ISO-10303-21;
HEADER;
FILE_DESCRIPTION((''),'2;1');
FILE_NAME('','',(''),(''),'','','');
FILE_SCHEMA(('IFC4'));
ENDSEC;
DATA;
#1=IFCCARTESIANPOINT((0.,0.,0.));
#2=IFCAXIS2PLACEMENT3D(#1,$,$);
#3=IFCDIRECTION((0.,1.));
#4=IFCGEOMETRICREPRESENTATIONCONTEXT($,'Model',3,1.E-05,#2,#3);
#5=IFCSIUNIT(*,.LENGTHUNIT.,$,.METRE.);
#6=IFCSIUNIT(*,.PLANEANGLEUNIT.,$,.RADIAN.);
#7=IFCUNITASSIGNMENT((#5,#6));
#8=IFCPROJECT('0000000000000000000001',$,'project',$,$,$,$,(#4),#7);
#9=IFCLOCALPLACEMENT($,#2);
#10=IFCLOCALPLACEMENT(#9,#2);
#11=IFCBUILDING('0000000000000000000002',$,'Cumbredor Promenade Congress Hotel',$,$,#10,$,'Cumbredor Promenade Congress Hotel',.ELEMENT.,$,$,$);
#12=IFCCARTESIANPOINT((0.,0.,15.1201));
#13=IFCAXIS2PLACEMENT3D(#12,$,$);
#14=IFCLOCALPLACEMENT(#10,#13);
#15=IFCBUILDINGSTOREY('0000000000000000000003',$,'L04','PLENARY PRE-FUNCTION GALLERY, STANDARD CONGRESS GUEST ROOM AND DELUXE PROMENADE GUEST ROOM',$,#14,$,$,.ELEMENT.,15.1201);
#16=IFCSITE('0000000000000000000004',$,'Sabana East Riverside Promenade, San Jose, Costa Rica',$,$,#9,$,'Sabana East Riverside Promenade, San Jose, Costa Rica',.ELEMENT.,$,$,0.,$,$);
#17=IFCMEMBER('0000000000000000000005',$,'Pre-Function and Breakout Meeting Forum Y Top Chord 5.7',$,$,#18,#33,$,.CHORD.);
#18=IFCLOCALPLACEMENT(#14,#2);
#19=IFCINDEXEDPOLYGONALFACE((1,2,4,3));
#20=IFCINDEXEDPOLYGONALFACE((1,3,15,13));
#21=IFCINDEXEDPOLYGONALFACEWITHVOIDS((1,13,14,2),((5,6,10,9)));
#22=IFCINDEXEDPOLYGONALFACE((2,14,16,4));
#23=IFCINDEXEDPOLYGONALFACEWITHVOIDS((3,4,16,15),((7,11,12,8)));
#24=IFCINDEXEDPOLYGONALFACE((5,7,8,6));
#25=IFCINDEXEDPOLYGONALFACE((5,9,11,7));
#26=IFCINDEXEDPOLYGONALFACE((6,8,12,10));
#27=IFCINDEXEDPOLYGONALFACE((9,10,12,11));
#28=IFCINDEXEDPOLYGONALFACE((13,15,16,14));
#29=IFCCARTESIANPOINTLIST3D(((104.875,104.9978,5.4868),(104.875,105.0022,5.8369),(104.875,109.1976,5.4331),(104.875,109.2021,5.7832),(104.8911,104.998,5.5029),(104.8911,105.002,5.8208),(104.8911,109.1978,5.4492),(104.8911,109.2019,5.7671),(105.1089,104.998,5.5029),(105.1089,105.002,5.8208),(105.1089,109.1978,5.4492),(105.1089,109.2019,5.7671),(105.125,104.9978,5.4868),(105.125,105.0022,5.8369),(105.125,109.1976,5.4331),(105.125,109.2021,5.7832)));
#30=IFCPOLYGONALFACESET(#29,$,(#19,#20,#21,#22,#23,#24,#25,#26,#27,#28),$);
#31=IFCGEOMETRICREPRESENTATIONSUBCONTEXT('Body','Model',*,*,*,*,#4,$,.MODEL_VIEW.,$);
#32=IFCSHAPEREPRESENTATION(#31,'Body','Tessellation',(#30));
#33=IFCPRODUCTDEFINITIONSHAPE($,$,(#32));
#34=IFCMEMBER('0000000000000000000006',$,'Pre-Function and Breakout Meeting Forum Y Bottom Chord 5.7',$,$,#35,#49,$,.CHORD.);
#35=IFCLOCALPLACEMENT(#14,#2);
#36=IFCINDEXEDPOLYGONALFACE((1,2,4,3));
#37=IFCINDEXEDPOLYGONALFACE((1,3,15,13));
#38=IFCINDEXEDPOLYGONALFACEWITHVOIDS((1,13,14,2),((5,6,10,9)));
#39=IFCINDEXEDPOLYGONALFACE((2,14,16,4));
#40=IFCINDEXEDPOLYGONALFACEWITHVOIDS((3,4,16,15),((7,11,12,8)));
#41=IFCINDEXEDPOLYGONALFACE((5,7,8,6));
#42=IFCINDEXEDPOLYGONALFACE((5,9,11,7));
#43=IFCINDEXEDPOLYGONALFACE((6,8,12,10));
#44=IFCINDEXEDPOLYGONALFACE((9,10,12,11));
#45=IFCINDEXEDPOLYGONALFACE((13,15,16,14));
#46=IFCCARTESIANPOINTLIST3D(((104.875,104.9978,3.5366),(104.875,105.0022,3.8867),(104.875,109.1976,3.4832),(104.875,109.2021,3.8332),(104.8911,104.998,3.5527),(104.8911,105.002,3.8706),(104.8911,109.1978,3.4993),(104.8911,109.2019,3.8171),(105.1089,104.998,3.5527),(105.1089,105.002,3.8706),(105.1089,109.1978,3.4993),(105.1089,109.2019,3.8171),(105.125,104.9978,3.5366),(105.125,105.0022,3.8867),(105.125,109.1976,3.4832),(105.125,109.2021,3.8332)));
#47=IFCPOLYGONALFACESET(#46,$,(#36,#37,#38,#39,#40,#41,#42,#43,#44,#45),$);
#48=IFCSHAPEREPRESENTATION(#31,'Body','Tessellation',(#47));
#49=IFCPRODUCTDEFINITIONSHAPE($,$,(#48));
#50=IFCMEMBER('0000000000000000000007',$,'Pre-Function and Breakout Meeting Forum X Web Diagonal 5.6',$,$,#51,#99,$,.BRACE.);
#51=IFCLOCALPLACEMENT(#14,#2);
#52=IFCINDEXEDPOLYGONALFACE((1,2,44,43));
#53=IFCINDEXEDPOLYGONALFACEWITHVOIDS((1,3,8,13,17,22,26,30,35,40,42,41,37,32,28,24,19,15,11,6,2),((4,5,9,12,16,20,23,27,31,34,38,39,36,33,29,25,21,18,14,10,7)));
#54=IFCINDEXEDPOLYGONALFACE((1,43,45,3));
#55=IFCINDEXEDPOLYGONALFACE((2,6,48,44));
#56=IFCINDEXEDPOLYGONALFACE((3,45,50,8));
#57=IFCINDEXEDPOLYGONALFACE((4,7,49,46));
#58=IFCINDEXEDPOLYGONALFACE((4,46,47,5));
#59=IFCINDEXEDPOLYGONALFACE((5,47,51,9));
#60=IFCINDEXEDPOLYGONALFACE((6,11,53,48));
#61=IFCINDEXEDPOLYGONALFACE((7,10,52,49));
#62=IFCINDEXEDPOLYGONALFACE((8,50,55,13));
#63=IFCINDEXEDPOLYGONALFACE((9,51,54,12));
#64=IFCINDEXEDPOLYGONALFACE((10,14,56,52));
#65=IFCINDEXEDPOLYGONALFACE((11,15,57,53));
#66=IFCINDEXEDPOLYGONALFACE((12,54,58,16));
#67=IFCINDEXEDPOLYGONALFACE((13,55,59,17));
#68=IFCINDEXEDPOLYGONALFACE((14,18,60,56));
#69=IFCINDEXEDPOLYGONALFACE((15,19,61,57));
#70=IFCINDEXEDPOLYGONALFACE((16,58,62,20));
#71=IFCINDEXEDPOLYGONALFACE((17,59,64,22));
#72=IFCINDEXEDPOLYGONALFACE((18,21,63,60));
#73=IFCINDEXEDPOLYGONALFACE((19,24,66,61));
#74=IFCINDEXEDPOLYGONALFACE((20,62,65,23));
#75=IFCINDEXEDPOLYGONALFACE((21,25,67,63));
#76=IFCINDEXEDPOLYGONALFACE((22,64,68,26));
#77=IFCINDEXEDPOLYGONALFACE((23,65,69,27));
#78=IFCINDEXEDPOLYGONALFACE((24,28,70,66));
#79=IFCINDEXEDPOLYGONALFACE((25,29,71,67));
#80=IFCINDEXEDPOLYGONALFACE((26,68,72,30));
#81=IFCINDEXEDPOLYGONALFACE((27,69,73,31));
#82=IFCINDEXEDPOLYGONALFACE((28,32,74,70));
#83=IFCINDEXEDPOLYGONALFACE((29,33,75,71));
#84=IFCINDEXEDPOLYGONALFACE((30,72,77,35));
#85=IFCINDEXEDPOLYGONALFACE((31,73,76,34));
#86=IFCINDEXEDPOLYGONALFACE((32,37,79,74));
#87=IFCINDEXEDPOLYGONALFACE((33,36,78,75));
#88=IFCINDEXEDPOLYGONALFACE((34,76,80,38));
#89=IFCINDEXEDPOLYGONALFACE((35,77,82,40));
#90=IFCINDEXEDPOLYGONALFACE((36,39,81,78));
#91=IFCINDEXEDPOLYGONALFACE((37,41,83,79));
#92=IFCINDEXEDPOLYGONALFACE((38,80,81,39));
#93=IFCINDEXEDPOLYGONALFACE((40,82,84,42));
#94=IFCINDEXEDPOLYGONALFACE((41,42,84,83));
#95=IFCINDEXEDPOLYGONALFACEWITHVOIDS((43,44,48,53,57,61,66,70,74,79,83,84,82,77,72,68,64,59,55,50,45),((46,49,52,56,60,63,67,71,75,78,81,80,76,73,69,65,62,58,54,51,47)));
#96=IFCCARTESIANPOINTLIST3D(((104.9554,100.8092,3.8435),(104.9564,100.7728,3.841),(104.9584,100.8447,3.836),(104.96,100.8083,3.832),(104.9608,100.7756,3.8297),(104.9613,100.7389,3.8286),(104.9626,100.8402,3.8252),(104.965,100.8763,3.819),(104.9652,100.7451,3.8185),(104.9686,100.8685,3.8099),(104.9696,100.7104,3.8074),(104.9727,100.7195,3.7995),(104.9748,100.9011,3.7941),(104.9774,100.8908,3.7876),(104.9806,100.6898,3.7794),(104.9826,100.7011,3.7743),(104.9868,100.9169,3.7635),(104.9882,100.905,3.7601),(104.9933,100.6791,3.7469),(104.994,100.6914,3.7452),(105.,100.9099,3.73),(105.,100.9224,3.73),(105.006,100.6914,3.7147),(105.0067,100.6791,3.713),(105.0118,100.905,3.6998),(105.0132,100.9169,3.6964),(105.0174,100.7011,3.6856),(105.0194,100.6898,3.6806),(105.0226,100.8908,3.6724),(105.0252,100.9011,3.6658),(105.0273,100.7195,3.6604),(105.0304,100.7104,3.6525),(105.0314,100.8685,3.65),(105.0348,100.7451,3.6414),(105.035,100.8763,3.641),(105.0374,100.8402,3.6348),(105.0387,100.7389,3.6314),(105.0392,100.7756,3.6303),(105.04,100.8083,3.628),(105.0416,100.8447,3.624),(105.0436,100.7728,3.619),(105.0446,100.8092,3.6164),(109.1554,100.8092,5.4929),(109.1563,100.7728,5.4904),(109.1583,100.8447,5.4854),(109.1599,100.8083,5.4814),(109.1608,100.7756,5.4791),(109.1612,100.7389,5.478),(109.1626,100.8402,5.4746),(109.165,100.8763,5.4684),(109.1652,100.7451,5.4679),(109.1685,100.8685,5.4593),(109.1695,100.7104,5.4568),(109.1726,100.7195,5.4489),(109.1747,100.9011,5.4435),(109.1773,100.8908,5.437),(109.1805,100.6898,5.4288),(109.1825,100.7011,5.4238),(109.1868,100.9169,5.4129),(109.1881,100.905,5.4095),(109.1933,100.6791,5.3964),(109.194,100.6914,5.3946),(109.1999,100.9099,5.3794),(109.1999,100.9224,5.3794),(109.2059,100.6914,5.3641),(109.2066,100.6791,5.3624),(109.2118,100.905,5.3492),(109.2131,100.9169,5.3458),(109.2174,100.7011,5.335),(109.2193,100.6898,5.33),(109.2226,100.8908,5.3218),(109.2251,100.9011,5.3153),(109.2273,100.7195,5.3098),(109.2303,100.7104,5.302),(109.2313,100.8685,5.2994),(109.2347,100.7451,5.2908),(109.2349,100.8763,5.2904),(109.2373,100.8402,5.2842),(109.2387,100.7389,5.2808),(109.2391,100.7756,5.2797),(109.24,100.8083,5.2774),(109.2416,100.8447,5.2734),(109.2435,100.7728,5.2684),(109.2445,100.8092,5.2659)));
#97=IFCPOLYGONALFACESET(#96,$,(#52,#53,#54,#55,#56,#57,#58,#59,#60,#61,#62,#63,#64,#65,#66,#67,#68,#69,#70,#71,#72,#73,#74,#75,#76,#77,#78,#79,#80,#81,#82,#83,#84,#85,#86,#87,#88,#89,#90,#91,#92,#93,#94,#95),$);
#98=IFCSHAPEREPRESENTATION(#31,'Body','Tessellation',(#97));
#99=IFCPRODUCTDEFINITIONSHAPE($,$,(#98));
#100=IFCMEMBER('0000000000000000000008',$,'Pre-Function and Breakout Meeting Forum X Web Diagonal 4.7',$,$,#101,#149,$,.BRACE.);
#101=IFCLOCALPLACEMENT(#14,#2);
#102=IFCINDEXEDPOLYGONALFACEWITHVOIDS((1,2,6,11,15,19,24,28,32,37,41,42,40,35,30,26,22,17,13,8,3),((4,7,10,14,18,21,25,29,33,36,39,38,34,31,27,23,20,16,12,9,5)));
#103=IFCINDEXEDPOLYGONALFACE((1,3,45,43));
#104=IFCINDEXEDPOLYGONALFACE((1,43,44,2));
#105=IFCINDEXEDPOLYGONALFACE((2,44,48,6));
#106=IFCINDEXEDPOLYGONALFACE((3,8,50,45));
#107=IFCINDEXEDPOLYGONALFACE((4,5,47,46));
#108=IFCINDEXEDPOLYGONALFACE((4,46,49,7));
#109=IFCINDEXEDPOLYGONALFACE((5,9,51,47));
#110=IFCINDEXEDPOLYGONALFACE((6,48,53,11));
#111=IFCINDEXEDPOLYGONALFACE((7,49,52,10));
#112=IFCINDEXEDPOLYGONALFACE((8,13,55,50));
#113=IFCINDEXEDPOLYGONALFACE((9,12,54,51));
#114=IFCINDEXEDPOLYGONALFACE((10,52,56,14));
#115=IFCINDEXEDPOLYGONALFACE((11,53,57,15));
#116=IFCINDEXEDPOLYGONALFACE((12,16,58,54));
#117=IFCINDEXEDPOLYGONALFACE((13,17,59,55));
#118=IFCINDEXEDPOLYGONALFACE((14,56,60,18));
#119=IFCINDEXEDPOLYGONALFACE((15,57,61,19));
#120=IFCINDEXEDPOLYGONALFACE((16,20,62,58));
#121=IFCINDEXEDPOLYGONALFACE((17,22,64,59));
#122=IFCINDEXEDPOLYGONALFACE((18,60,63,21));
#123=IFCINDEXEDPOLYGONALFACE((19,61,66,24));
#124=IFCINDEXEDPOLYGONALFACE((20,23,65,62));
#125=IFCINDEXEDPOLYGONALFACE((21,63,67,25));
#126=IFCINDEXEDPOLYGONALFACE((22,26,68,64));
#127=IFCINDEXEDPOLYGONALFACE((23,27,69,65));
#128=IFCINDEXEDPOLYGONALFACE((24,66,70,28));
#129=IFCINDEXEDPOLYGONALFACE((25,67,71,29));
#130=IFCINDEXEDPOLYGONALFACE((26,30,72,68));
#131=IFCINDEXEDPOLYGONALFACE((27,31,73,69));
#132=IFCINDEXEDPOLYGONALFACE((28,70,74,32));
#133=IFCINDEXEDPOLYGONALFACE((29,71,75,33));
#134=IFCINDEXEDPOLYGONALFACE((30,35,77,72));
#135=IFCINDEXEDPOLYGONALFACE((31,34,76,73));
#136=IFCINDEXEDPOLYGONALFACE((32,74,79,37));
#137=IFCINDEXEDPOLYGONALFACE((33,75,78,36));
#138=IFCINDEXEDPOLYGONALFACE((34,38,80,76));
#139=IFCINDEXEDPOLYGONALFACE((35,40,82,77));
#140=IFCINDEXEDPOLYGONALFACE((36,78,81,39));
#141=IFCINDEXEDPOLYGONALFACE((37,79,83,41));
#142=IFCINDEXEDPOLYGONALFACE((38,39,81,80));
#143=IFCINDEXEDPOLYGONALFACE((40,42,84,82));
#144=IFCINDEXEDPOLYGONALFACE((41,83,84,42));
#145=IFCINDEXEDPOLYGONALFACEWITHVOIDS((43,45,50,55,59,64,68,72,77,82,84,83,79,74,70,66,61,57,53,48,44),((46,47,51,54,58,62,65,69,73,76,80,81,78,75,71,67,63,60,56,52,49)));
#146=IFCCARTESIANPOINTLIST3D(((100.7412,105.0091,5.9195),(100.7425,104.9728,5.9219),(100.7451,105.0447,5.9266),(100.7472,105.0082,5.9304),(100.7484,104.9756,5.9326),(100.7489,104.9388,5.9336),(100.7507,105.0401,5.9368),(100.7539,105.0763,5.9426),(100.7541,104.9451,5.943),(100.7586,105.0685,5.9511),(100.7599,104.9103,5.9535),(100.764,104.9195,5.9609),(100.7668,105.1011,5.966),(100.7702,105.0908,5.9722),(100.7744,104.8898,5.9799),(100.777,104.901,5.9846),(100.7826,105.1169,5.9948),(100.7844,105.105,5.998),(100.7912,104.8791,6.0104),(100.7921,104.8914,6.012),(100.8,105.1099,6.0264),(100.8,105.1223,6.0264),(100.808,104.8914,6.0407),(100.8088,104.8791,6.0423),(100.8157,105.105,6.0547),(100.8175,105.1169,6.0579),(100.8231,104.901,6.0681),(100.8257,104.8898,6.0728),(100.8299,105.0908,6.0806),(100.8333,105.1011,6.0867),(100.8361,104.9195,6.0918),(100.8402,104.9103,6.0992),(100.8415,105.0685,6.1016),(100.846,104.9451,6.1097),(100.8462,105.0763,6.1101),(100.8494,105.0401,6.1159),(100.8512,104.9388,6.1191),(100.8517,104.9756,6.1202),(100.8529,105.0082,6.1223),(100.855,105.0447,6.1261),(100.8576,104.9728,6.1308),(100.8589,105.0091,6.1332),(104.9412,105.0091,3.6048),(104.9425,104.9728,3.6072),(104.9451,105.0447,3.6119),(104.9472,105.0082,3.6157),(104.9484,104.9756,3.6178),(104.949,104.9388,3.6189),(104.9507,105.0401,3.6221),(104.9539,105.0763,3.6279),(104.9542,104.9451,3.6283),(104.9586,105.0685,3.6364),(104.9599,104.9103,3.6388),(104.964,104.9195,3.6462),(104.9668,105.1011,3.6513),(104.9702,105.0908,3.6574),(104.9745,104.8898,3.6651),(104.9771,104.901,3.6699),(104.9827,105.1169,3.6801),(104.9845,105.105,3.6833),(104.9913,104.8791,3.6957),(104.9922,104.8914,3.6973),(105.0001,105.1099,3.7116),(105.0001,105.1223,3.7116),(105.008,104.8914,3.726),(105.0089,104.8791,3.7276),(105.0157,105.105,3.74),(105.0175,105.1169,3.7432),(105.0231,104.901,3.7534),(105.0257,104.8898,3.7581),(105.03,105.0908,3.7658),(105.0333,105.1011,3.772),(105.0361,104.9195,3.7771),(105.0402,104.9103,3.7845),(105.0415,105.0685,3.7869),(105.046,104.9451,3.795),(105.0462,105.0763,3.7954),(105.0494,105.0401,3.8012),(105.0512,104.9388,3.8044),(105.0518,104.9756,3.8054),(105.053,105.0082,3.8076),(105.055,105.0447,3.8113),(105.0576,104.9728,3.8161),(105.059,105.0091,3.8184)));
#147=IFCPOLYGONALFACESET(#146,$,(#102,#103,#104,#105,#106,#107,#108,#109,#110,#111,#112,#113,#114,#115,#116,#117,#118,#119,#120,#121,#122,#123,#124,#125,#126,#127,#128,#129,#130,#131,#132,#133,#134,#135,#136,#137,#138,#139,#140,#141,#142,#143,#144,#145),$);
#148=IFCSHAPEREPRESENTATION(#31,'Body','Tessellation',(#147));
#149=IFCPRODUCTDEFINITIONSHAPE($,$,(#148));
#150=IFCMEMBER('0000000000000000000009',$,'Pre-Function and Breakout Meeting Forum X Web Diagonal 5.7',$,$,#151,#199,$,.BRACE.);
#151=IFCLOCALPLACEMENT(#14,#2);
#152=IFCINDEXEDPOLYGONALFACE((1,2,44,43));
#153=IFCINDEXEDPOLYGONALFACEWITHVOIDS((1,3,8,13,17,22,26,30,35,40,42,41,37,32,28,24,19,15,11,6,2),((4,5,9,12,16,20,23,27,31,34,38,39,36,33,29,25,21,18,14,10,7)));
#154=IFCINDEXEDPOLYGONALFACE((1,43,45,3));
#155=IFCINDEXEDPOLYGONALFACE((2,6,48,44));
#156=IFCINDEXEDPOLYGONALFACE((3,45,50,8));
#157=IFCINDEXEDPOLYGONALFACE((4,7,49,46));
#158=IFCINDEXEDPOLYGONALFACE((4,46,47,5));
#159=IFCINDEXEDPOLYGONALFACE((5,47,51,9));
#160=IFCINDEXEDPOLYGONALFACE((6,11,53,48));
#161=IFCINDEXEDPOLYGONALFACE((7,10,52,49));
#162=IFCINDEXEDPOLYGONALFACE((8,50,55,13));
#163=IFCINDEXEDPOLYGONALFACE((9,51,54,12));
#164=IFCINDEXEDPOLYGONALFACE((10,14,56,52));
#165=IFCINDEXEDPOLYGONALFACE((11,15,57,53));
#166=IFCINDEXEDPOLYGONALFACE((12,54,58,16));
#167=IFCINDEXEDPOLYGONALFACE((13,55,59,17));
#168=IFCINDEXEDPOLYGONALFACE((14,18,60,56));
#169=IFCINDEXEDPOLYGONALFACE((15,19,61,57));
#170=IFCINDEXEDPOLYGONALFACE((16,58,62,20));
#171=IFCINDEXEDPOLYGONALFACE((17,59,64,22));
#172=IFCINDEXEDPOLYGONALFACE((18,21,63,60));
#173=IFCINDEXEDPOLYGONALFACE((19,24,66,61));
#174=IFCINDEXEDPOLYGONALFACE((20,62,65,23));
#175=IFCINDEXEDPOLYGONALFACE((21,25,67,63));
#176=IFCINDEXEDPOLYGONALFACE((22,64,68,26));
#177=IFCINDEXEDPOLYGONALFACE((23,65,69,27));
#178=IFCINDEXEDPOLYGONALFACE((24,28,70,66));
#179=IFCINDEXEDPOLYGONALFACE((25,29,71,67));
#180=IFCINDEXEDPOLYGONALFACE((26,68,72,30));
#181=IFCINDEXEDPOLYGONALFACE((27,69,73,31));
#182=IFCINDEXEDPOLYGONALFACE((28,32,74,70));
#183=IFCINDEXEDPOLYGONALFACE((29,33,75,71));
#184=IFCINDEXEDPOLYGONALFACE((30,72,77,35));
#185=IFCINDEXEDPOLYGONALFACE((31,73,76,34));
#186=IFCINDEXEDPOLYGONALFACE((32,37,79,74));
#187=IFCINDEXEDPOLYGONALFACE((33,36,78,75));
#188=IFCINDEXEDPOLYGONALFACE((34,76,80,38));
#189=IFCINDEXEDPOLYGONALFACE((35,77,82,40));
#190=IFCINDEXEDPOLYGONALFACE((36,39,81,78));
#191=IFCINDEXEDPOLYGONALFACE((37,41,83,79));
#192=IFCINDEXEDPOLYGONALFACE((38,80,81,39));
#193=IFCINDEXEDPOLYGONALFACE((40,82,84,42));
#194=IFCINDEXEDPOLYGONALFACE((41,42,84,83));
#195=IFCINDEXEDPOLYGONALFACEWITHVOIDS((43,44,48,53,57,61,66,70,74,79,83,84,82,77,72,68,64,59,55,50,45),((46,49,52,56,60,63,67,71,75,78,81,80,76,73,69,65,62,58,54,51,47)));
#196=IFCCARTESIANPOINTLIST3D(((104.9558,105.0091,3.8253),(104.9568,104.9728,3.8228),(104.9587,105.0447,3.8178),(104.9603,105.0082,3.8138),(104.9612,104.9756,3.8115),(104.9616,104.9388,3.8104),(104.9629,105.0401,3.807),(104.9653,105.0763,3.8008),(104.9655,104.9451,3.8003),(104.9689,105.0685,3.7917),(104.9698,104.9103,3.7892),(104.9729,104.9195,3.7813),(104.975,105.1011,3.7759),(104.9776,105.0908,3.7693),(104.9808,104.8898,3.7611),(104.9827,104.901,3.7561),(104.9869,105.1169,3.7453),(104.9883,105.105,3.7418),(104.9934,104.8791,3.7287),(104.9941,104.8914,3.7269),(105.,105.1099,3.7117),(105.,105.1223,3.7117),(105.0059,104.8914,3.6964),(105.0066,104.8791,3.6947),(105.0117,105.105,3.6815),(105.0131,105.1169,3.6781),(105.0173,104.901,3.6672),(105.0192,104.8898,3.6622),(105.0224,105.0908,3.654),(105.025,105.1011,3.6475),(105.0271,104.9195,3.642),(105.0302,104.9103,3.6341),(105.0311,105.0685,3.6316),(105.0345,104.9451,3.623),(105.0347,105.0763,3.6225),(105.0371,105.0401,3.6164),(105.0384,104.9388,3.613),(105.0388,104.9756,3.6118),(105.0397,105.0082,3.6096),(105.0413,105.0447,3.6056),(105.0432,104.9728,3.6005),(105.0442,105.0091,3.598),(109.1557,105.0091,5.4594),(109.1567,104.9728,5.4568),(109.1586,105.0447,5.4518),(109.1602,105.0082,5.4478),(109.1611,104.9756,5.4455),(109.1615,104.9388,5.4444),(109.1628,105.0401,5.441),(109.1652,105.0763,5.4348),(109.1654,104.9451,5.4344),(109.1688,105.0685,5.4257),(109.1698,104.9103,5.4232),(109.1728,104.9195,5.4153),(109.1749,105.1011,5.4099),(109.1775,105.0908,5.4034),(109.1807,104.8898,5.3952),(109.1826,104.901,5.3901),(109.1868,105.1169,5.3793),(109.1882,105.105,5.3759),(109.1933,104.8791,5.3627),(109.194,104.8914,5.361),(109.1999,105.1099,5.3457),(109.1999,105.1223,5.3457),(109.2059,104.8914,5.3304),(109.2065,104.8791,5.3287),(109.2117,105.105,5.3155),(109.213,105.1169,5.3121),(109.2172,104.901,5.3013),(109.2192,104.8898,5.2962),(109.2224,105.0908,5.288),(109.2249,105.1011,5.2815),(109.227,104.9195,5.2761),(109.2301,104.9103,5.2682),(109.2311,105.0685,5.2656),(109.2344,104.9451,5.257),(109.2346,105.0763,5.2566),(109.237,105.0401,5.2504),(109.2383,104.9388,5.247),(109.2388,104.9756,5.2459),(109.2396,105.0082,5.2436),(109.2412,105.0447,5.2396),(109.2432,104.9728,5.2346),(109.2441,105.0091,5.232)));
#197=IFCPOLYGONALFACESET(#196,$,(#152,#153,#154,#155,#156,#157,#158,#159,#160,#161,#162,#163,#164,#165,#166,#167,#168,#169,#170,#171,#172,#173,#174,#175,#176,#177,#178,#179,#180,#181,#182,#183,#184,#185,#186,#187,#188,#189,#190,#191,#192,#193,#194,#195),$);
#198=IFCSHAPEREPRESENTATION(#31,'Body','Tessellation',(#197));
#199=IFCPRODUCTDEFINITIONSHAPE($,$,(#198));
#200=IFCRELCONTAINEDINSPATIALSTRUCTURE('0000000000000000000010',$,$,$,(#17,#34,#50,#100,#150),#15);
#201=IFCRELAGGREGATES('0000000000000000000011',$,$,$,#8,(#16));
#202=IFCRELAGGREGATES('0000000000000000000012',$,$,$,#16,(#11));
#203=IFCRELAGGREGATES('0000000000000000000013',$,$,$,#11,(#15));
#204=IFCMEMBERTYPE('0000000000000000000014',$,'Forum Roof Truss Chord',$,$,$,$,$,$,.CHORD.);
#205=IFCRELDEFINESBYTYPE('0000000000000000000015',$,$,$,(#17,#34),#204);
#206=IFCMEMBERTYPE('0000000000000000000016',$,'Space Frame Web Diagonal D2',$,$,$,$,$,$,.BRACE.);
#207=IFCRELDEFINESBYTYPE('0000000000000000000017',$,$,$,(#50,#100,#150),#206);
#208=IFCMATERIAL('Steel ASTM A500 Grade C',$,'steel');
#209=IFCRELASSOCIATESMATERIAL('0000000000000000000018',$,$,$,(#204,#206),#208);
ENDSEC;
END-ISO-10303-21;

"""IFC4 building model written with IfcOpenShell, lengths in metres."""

from ifc_helpers import new_model, si_unit, direction, frame, origin, origin_2d, place, context, subcontext, project, spatial, hollow_rectangle, hollow_circle, extrude, material, material_profile, profile_set, type_object, element, save


model = new_model("IFC4")

# Units and contexts
model_context = context("Model", 3, precision=1e-05, world=origin(), true_north=direction((0.0, 1.0)))
body_context = subcontext(model_context, "Body", "Model", "MODEL_VIEW")
ifc_project = project(units=[si_unit("LENGTHUNIT", "METRE"), si_unit("PLANEANGLEUNIT", "RADIAN")], contexts=[model_context])

# Site, building, storey
site_placement = place(None, origin())
site = spatial("IfcSite", under=ifc_project, at=site_placement, Name="Sabana East Riverside Promenade, San Jose, Costa Rica", LongName="Sabana East Riverside Promenade, San Jose, Costa Rica", CompositionType="ELEMENT", RefElevation=0.0)
building_placement = place(site_placement, origin())
building = spatial("IfcBuilding", under=site, at=building_placement, Name="Cumbredor Promenade Congress Hotel", LongName="Cumbredor Promenade Congress Hotel", CompositionType="ELEMENT")
storey_placement = place(building_placement, frame((0.0, 0.0, 15.1201)))
storey = spatial("IfcBuildingStorey", under=building, at=storey_placement, Name="L04", Description="PLENARY PRE-FUNCTION GALLERY, STANDARD CONGRESS GUEST ROOM AND DELUXE PROMENADE GUEST ROOM", CompositionType="ELEMENT", Elevation=15.1201)

# Members
ifc_material_1 = material(Name="Steel ASTM A500 Grade C", Category="steel")
ifc_material_profile_1 = material_profile(ifc_material_1, hollow_rectangle(XDim=0.25, YDim=0.3501, WallThickness=0.0161, at=origin_2d()), Name="HSS 350x250x16")
ifc_profile_set_1 = profile_set([ifc_material_profile_1], Name="Steel ASTM A500 Grade C")
member_type_1 = type_object("IfcMemberType", Name="Forum Roof Truss Chord", PredefinedType="CHORD", material=ifc_profile_set_1)
for number, where, z_axis, x_axis, name in (
    (1, (105.0, 105.0, 5.6619), (0.0, 0.999918, -0.012787), (-1.0, 0.0, 0.0), "Pre-Function and Breakout Meeting Forum Y Top Chord 5.7"),
    (2, (105.0, 105.0, 3.7117), (0.0, 0.999919, -0.012729), (-1.0, 0.0, 0.0), "Pre-Function and Breakout Meeting Forum Y Bottom Chord 5.7"),
):
    element("IfcMember", number, at=place(storey_placement, frame(where, z_axis=z_axis, x_axis=x_axis)), inside=storey, type_object=member_type_1, Name=name, PredefinedType="CHORD", context=body_context, shape_type="SweptSolid", body=[
        extrude(hollow_rectangle(XDim=0.25, YDim=0.3501, WallThickness=0.0161, at=origin_2d()), origin(), (0.0, 0.0, 1.0), 4.2002),
    ])
ifc_material_profile_2 = material_profile(ifc_material_1, hollow_circle(Radius=0.1223, WallThickness=0.0125, at=origin_2d()), Name="CHS 244.5x12.5")
ifc_profile_set_2 = profile_set([ifc_material_profile_2], Name="Steel ASTM A500 Grade C")
member_type_2 = type_object("IfcMemberType", Name="Space Frame Web Diagonal D2", PredefinedType="BRACE", material=ifc_profile_set_2)
member_1_placement = place(storey_placement, frame((105.0, 100.8, 3.73), z_axis=(0.930794, 0.0, 0.365544), x_axis=(0.0, 1.0, 0.0)))
element("IfcMember", 3, at=member_1_placement, inside=storey, type_object=member_type_2, Name="Pre-Function and Breakout Meeting Forum X Web Diagonal 5.6", PredefinedType="BRACE", context=body_context, shape_type="SweptSolid", body=[
    extrude(hollow_circle(Radius=0.1223, WallThickness=0.0125, at=origin_2d()), origin(), (0.0, 0.0, 1.0), 4.5122),
])
member_2_placement = place(storey_placement, frame((100.8, 105.0, 6.0264), z_axis=(0.8758, 0.0, -0.482675), x_axis=(0.0, 1.0, 0.0)))
element("IfcMember", 4, at=member_2_placement, inside=storey, type_object=member_type_2, Name="Pre-Function and Breakout Meeting Forum X Web Diagonal 4.7", PredefinedType="BRACE", context=body_context, shape_type="SweptSolid", body=[
    extrude(hollow_circle(Radius=0.1223, WallThickness=0.0125, at=origin_2d()), origin(), (0.0, 0.0, 1.0), 4.7957),
])
member_3_placement = place(storey_placement, frame((105.0, 105.0, 3.7117), z_axis=(0.931951, 0.0, 0.362585), x_axis=(0.0, 1.0, 0.0)))
element("IfcMember", 5, at=member_3_placement, inside=storey, type_object=member_type_2, Name="Pre-Function and Breakout Meeting Forum X Web Diagonal 5.7", PredefinedType="BRACE", context=body_context, shape_type="SweptSolid", body=[
    extrude(hollow_circle(Radius=0.1223, WallThickness=0.0125, at=origin_2d()), origin(), (0.0, 0.0, 1.0), 4.5066),
])

save(model, "model.ifc")
